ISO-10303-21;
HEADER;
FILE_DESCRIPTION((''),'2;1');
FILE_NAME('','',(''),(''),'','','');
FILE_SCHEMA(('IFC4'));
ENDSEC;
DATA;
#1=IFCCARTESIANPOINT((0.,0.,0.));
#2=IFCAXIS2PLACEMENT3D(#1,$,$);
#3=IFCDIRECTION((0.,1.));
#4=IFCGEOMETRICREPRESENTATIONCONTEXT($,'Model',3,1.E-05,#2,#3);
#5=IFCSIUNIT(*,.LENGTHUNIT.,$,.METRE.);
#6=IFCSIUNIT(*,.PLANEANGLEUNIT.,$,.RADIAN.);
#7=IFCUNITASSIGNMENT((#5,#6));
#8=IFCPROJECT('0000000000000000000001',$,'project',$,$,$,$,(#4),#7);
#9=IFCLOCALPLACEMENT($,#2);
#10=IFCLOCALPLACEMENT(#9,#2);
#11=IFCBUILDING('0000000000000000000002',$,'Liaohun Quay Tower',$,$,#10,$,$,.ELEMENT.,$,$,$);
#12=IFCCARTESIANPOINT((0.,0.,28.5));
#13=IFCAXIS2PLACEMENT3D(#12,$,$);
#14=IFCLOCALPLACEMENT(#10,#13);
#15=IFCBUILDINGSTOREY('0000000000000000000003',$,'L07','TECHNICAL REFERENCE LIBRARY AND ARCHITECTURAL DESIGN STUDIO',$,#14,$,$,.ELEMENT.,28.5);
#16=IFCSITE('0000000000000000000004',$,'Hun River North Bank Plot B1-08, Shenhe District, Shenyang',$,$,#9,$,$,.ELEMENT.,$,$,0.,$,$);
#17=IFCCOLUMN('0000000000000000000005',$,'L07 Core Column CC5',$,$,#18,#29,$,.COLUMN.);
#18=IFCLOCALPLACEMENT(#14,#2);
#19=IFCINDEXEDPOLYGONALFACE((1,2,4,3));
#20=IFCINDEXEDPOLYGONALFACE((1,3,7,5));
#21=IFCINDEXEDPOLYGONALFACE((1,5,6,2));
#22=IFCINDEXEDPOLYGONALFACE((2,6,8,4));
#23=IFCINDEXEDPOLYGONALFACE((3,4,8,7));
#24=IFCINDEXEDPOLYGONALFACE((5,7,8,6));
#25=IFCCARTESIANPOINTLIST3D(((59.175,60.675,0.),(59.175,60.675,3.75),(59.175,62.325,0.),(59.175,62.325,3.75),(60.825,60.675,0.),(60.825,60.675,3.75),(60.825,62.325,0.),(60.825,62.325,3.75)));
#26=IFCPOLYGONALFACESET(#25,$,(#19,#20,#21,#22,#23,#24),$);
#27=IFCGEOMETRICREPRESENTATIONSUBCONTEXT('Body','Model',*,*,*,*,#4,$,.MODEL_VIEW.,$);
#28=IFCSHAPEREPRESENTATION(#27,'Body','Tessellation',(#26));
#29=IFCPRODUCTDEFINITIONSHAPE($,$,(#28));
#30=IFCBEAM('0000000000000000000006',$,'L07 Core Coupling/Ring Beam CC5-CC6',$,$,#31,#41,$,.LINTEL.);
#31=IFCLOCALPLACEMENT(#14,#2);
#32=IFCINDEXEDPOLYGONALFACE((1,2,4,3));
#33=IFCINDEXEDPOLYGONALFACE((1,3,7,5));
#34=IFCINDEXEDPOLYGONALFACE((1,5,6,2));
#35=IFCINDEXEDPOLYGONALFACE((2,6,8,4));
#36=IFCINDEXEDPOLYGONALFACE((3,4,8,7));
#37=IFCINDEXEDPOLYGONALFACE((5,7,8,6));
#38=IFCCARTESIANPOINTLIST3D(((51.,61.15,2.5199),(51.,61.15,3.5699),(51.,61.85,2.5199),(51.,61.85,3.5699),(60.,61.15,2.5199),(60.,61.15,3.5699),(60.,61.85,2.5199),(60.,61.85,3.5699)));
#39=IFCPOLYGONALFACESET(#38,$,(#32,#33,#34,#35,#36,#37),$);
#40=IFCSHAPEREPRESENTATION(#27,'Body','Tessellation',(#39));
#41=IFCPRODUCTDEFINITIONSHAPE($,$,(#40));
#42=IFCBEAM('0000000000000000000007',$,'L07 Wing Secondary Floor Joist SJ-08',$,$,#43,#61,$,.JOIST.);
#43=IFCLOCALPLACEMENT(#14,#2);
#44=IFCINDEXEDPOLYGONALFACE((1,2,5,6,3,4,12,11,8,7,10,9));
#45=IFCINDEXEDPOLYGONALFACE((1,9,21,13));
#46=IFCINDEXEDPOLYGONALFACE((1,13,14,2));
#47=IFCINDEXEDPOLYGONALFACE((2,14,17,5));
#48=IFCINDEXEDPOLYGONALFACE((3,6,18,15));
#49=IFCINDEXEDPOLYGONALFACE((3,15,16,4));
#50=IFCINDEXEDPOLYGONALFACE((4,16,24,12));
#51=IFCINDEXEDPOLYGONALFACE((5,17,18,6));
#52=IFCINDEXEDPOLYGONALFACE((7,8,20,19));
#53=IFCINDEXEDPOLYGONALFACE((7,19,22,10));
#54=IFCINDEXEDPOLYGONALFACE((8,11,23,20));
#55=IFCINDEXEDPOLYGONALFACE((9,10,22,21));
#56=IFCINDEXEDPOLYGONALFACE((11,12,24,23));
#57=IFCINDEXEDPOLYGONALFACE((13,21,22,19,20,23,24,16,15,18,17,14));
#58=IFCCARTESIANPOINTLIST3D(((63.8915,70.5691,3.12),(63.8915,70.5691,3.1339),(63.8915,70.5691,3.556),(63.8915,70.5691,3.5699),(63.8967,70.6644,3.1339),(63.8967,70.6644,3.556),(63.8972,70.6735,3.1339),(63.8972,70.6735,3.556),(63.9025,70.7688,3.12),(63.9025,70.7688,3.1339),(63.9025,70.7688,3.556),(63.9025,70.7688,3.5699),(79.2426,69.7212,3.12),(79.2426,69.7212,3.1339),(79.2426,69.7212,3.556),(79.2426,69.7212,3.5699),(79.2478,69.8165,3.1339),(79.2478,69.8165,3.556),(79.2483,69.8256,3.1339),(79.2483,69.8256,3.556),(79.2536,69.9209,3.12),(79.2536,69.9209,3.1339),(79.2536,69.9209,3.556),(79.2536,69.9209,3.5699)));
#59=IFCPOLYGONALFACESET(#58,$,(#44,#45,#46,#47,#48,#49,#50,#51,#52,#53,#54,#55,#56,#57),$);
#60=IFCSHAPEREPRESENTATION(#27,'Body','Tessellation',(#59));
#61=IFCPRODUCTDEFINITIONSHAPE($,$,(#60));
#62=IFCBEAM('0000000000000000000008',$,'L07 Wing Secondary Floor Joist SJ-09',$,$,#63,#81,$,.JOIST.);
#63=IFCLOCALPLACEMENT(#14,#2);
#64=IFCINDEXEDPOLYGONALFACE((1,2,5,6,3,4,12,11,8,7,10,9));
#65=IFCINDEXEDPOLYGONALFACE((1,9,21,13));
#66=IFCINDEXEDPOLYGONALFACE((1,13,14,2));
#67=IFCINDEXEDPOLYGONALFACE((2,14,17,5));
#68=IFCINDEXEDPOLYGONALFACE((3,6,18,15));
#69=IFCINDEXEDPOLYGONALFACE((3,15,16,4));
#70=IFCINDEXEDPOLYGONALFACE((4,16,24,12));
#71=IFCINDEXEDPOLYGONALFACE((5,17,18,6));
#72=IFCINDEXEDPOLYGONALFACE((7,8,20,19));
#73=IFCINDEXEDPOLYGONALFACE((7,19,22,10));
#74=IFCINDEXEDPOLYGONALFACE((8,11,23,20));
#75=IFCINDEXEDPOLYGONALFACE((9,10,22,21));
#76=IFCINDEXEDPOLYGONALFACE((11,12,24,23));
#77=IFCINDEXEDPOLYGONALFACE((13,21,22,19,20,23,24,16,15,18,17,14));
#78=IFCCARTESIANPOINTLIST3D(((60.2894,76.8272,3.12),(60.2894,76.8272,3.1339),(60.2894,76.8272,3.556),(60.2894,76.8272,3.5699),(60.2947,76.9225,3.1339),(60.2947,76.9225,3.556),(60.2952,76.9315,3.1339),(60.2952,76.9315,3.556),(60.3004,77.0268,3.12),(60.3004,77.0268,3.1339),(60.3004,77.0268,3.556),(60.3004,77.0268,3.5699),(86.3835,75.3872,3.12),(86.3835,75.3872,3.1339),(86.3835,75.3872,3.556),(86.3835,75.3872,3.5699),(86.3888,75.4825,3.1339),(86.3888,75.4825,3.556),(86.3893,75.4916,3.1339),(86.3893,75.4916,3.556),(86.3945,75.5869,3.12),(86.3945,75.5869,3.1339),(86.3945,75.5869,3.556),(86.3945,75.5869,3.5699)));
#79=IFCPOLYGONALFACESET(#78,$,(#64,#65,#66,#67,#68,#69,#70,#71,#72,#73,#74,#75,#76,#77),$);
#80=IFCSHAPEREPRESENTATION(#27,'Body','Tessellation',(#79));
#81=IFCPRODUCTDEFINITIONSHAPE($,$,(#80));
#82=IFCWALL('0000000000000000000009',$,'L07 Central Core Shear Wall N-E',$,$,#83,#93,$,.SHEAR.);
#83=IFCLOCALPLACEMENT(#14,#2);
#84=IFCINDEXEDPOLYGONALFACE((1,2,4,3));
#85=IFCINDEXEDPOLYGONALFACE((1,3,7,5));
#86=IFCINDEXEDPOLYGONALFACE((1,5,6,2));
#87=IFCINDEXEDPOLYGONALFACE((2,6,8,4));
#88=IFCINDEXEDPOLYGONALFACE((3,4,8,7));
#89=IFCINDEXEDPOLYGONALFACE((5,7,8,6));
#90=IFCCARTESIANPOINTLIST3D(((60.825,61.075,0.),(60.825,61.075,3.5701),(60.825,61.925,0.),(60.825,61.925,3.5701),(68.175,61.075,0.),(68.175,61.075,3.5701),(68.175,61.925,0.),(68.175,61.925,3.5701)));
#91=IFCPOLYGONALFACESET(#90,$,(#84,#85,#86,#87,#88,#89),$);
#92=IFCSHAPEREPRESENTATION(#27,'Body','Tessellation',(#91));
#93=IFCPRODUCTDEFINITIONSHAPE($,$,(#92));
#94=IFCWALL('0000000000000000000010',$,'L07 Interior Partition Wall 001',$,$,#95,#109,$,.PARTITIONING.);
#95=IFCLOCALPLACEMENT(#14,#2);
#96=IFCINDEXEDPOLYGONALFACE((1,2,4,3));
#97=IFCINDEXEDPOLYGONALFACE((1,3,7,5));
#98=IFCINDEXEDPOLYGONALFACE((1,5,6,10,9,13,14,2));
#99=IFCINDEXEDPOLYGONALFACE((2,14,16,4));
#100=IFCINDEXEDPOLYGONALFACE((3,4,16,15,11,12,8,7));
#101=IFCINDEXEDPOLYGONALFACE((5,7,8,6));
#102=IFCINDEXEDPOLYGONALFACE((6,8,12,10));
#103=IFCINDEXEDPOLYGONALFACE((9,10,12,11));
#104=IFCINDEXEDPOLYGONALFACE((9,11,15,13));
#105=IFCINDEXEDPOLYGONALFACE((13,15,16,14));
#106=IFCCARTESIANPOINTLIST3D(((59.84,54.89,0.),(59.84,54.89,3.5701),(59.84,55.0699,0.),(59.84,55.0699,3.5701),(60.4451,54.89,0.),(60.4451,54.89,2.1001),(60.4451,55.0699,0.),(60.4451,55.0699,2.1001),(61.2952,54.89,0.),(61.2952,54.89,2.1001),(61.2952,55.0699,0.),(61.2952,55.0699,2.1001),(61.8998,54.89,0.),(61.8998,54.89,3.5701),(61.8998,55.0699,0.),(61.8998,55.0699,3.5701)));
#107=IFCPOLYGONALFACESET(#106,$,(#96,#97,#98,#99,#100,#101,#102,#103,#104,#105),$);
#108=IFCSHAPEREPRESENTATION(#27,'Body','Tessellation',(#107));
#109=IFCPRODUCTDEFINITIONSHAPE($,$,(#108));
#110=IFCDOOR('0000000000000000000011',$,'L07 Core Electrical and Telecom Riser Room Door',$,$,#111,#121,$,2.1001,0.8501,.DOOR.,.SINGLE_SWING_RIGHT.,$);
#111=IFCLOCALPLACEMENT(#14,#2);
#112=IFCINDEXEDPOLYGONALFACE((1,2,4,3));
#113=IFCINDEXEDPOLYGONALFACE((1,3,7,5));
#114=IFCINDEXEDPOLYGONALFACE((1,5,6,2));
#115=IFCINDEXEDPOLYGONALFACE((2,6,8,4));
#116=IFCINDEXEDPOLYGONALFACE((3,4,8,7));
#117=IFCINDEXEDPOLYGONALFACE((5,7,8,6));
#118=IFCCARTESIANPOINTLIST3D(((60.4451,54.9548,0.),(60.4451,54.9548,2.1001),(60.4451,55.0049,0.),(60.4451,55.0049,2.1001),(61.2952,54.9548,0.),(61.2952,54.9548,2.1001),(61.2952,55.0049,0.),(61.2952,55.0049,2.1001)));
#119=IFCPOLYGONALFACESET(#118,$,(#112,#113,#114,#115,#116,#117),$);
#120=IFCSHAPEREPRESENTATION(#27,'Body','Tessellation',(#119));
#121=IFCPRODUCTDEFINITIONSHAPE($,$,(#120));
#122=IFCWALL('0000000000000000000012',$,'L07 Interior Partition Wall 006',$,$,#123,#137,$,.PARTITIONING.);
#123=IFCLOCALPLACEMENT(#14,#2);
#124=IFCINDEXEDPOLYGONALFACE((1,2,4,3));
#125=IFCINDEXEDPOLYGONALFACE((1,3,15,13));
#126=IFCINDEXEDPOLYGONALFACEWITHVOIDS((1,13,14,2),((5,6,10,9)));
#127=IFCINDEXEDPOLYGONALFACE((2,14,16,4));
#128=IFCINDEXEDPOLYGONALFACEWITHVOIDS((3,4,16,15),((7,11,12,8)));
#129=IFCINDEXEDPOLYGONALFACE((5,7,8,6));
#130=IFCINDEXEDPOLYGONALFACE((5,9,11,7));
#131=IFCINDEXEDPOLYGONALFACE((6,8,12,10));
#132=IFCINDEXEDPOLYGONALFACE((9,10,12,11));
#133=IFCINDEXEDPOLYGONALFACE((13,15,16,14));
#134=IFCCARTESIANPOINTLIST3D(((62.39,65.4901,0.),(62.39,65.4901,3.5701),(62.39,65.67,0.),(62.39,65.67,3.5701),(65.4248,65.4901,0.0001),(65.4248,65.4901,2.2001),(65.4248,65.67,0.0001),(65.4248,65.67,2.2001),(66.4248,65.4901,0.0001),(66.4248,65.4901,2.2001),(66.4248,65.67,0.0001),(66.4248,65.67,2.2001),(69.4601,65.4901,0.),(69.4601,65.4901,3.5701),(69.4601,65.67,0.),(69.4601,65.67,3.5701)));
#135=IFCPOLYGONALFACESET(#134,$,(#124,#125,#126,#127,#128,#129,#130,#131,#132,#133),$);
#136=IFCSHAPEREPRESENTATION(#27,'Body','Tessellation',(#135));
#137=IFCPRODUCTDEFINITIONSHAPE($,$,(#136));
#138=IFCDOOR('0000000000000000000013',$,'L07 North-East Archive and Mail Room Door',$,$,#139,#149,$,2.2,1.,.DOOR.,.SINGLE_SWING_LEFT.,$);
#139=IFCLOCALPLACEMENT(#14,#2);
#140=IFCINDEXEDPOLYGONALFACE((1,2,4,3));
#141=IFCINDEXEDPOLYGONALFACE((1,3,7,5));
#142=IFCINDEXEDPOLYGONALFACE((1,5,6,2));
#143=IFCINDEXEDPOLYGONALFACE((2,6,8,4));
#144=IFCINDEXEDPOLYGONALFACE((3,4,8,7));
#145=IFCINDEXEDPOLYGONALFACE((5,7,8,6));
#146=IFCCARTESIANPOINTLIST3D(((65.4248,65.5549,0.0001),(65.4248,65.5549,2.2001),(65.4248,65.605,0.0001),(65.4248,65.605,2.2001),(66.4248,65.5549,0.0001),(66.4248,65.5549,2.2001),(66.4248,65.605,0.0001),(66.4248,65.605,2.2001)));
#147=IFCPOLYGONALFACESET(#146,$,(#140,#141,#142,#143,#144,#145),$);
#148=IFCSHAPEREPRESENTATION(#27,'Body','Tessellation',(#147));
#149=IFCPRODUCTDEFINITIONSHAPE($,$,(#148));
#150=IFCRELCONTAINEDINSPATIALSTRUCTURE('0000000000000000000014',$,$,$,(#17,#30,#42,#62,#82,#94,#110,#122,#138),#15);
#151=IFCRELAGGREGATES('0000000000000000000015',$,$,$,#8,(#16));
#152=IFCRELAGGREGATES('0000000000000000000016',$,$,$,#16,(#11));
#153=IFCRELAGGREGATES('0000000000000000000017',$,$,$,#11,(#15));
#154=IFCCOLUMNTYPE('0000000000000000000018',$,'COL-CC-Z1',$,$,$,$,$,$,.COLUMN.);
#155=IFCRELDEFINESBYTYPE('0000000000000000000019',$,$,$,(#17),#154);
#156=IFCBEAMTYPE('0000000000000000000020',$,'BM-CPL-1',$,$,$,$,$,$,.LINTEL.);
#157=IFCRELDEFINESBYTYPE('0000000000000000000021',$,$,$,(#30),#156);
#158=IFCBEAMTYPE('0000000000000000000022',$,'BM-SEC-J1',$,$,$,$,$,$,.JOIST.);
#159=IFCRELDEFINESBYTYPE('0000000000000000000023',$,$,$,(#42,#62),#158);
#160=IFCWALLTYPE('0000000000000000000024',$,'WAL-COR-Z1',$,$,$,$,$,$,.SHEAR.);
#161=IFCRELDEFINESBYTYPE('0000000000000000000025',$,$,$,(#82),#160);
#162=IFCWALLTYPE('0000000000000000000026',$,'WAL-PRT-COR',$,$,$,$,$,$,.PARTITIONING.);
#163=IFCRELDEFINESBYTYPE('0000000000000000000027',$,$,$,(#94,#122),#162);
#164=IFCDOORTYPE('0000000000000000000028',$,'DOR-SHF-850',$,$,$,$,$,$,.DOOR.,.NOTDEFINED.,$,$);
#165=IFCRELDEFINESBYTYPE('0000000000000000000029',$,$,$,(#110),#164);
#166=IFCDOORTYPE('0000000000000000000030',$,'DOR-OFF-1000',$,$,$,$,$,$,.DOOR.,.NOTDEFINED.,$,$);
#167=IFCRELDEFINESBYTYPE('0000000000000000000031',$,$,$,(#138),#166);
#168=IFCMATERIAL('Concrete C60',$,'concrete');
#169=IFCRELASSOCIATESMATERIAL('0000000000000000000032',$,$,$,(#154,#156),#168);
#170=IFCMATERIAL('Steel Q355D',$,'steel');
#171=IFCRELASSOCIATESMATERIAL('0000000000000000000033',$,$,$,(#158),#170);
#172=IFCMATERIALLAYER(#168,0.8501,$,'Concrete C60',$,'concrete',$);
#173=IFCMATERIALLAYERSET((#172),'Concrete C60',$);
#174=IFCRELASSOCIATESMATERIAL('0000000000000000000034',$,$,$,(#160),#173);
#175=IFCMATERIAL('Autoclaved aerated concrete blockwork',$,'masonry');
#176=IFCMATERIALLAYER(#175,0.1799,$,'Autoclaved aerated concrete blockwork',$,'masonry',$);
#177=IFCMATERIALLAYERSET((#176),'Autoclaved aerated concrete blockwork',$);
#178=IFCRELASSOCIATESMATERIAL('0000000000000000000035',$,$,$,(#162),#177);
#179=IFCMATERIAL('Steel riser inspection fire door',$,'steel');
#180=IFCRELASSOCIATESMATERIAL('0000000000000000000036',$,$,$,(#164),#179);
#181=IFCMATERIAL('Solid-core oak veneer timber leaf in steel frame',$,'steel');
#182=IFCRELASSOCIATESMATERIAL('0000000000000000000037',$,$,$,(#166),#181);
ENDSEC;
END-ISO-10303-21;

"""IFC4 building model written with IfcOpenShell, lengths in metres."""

from ifc_helpers import new_model, si_unit, direction, frame, frame_2d, origin, origin_2d, place, context, subcontext, project, spatial, rectangle, i_section, extrude, source, transform, mapped, material, layer, layer_set, material_profile, profile_set, type_object, element, fill, save


model = new_model("IFC4")

# Units and contexts
model_context = context("Model", 3, precision=1e-05, world=origin(), true_north=direction((0.0, 1.0)))
body_context = subcontext(model_context, "Body", "Model", "MODEL_VIEW")
ifc_project = project(units=[si_unit("LENGTHUNIT", "METRE"), si_unit("PLANEANGLEUNIT", "RADIAN")], contexts=[model_context])

# Site, building, storey
site_placement = place(None, origin())
site = spatial("IfcSite", under=ifc_project, at=site_placement, Name="Hun River North Bank Plot B1-08, Shenhe District, Shenyang", CompositionType="ELEMENT", RefElevation=0.0)
building_placement = place(site_placement, origin())
building = spatial("IfcBuilding", under=site, at=building_placement, Name="Liaohun Quay Tower", CompositionType="ELEMENT")
storey_placement = place(building_placement, frame((0.0, 0.0, 28.5)))
storey = spatial("IfcBuildingStorey", under=building, at=storey_placement, Name="L07", Description="TECHNICAL REFERENCE LIBRARY AND ARCHITECTURAL DESIGN STUDIO", CompositionType="ELEMENT", Elevation=28.5)

# Column
ifc_material_1 = material(Name="Concrete C60", Category="concrete")
ifc_material_profile_1 = material_profile(ifc_material_1, rectangle(XDim=1.6499, YDim=1.6499, at=origin_2d()), Name="RC1650x1650")
ifc_profile_set_1 = profile_set([ifc_material_profile_1], Name="Concrete C60")
column_type = type_object("IfcColumnType", Name="COL-CC-Z1", PredefinedType="COLUMN", material=ifc_profile_set_1)
shared_shape_1 = source(origin(), body_context, "Body", "SweptSolid", [
    extrude(rectangle(XDim=1.6499, YDim=1.6499, at=origin_2d()), origin(), (0.0, 0.0, 1.0), 3.75),
])
column_placement = place(storey_placement, frame((60.0, 61.5, 0.0), z_axis=(0.0, 0.0, 1.0), x_axis=(1.0, 0.0, 0.0)))
element("IfcColumn", 1, at=column_placement, inside=storey, type_object=column_type, Name="L07 Core Column CC5", PredefinedType="COLUMN", context=body_context, shape_type="MappedRepresentation", body=[
    mapped(shared_shape_1, transform((0.0, 0.0, 0.0), x_axis=(1.0, 0.0, 0.0), y_axis=(0.0, 1.0, 0.0), z_axis=(0.0, 0.0, 1.0), scale=1.0)),
])

# Beams
ifc_material_profile_2 = material_profile(ifc_material_1, rectangle(XDim=0.7, YDim=1.05, at=origin_2d()), Name="RC700x1050")
ifc_profile_set_2 = profile_set([ifc_material_profile_2], Name="Concrete C60")
beam_type_1 = type_object("IfcBeamType", Name="BM-CPL-1", PredefinedType="LINTEL", material=ifc_profile_set_2)
shared_shape_2 = source(origin(), body_context, "Body", "SweptSolid", [
    extrude(rectangle(XDim=0.7, YDim=1.05, at=origin_2d()), origin(), (0.0, 0.0, 1.0), 9.0),
])
beam_1_placement = place(storey_placement, frame((60.0, 61.5, 3.0449), z_axis=(-1.0, 0.0, 0.0), x_axis=(0.0, -1.0, 0.0)))
element("IfcBeam", 2, at=beam_1_placement, inside=storey, type_object=beam_type_1, Name="L07 Core Coupling/Ring Beam CC5-CC6", PredefinedType="LINTEL", context=body_context, shape_type="MappedRepresentation", body=[
    mapped(shared_shape_2, transform((0.0, 0.0, 0.0), x_axis=(1.0, 0.0, 0.0), y_axis=(0.0, 1.0, 0.0), z_axis=(0.0, 0.0, 1.0), scale=1.0)),
])
ifc_material_2 = material(Name="Steel Q355D", Category="steel")
ifc_material_profile_3 = material_profile(ifc_material_2, i_section(OverallWidth=0.2, OverallDepth=0.45, WebThickness=0.009, FlangeThickness=0.0139, at=origin_2d()), Name="HN450x200x9x14")
ifc_profile_set_3 = profile_set([ifc_material_profile_3], Name="Steel Q355D")
beam_type_2 = type_object("IfcBeamType", Name="BM-SEC-J1", PredefinedType="JOIST", material=ifc_profile_set_3)
shared_shape_3 = source(origin(), body_context, "Body", "SweptSolid", [
    extrude(i_section(OverallWidth=0.2, OverallDepth=0.45, WebThickness=0.009, FlangeThickness=0.0139, at=origin_2d()), origin(), (0.0, 0.0, 1.0), 15.3745),
])
beam_2_placement = place(storey_placement, frame((63.897, 70.6689, 3.345), z_axis=(0.998478, -0.05515, 0.0), x_axis=(0.05515, 0.998478, 0.0)))
element("IfcBeam", 3, at=beam_2_placement, inside=storey, type_object=beam_type_2, Name="L07 Wing Secondary Floor Joist SJ-08", PredefinedType="JOIST", context=body_context, shape_type="MappedRepresentation", body=[
    mapped(shared_shape_3, transform((0.0, 0.0, 0.0), x_axis=(1.0, 0.0, 0.0), y_axis=(0.0, 1.0, 0.0), z_axis=(0.0, 0.0, 1.0), scale=1.0)),
])
shared_shape_4 = source(origin(), body_context, "Body", "SweptSolid", [
    extrude(i_section(OverallWidth=0.2, OverallDepth=0.45, WebThickness=0.009, FlangeThickness=0.0139, at=origin_2d()), origin(), (0.0, 0.0, 1.0), 26.1338),
])
beam_3_placement = place(storey_placement, frame((60.2949, 76.927, 3.345), z_axis=(0.998481, -0.055099, 0.0), x_axis=(0.055099, 0.998481, 0.0)))
element("IfcBeam", 4, at=beam_3_placement, inside=storey, type_object=beam_type_2, Name="L07 Wing Secondary Floor Joist SJ-09", PredefinedType="JOIST", context=body_context, shape_type="MappedRepresentation", body=[
    mapped(shared_shape_4, transform((0.0, 0.0, 0.0), x_axis=(1.0, 0.0, 0.0), y_axis=(0.0, 1.0, 0.0), z_axis=(0.0, 0.0, 1.0), scale=1.0)),
])

# Wall
ifc_layer_1 = layer(ifc_material_1, 0.8501, Name="Concrete C60", Category="concrete")
ifc_layer_set_1 = layer_set([ifc_layer_1], Name="Concrete C60")
wall_type_1 = type_object("IfcWallType", Name="WAL-COR-Z1", PredefinedType="SHEAR", material=ifc_layer_set_1)
wall_1_placement = place(storey_placement, frame((60.825, 61.5, 0.0), z_axis=(0.0, 0.0, 1.0), x_axis=(1.0, 0.0, 0.0)))
element("IfcWall", 5, at=wall_1_placement, inside=storey, type_object=wall_type_1, Name="L07 Central Core Shear Wall N-E", PredefinedType="SHEAR", context=body_context, shape_type="SweptSolid", body=[
    extrude(rectangle(XDim=7.3501, YDim=0.8501, at=frame_2d((3.675, 0.0))), origin(), (0.0, 0.0, 1.0), 3.5701),
])

# Walls, openings, doors
ifc_material_3 = material(Name="Autoclaved aerated concrete blockwork", Category="masonry")
ifc_layer_2 = layer(ifc_material_3, 0.1799, Name="Autoclaved aerated concrete blockwork", Category="masonry")
ifc_layer_set_2 = layer_set([ifc_layer_2], Name="Autoclaved aerated concrete blockwork")
wall_type_2 = type_object("IfcWallType", Name="WAL-PRT-COR", PredefinedType="PARTITIONING", material=ifc_layer_set_2)
wall_2_placement = place(storey_placement, frame((59.8401, 54.98, 0.0), z_axis=(0.0, 0.0, 1.0), x_axis=(1.0, 0.0, 0.0)))
wall_2 = element("IfcWall", 6, at=wall_2_placement, inside=storey, type_object=wall_type_2, Name="L07 Interior Partition Wall 001", PredefinedType="PARTITIONING", context=body_context, shape_type="SweptSolid", body=[
    extrude(rectangle(XDim=2.0598, YDim=0.1799, at=frame_2d((1.0298, 0.0))), origin(), (0.0, 0.0, 1.0), 3.5701),
])
shared_shape_5 = source(origin(), body_context, "Body", "SweptSolid", [
    extrude(rectangle(XDim=0.8501, YDim=2.1001, at=frame_2d((0.425, 1.05))), frame((0.0, 0.0999, 0.0), z_axis=(0.0, -1.0, 0.0), x_axis=(1.0, 0.0, 0.0)), (0.0, 0.0, 1.0), 0.2),
])
opening_1_placement = place(wall_2_placement, frame((0.605, 0.0, 0.0)))
opening_1 = element("IfcOpeningElement", 7, at=opening_1_placement, cuts=wall_2, PredefinedType="OPENING", context=body_context, shape_type="MappedRepresentation", body=[
    mapped(shared_shape_5, transform((0.0, 0.0, 0.0), x_axis=(1.0, 0.0, 0.0), y_axis=(0.0, 1.0, 0.0), z_axis=(0.0, 0.0, 1.0), scale=1.0)),
])
ifc_material_4 = material(Name="Steel riser inspection fire door", Category="steel")
door_type_1 = type_object("IfcDoorType", Name="DOR-SHF-850", OperationType="NOTDEFINED", PredefinedType="DOOR", material=ifc_material_4)
shared_shape_6 = source(origin(), body_context, "Body", "SweptSolid", [
    extrude(rectangle(XDim=0.8501, YDim=2.1001, at=frame_2d((0.425, 1.05))), frame((0.0, 0.0249, 0.0), z_axis=(0.0, -1.0, 0.0), x_axis=(1.0, 0.0, 0.0)), (0.0, 0.0, 1.0), 0.05),
])
door_1_placement = place(opening_1_placement, origin())
door_1 = element("IfcDoor", 8, at=door_1_placement, inside=storey, type_object=door_type_1, Name="L07 Core Electrical and Telecom Riser Room Door", OperationType="SINGLE_SWING_RIGHT", OverallHeight=2.1001, OverallWidth=0.8501, PredefinedType="DOOR", context=body_context, shape_type="MappedRepresentation", body=[
    mapped(shared_shape_6, transform((0.0, 0.0, 0.0), x_axis=(1.0, 0.0, 0.0), y_axis=(0.0, 1.0, 0.0), z_axis=(0.0, 0.0, 1.0), scale=1.0)),
])
fill(opening_1, door_1)
wall_3_placement = place(storey_placement, frame((62.3899, 65.5801, 0.0), z_axis=(0.0, 0.0, 1.0), x_axis=(1.0, 0.0, 0.0)))
wall_3 = element("IfcWall", 9, at=wall_3_placement, inside=storey, type_object=wall_type_2, Name="L07 Interior Partition Wall 006", PredefinedType="PARTITIONING", context=body_context, shape_type="SweptSolid", body=[
    extrude(rectangle(XDim=7.0701, YDim=0.1799, at=frame_2d((3.5352, 0.0))), origin(), (0.0, 0.0, 1.0), 3.5701),
])
shared_shape_7 = source(origin(), body_context, "Body", "SweptSolid", [
    extrude(rectangle(XDim=1.0, YDim=2.2, at=frame_2d((0.5, 1.1001))), frame((0.0, 0.0999, 0.0), z_axis=(0.0, -1.0, 0.0), x_axis=(1.0, 0.0, 0.0)), (0.0, 0.0, 1.0), 0.2),
])
opening_2_placement = place(wall_3_placement, frame((3.0349, 0.0, 0.0)))
opening_2 = element("IfcOpeningElement", 10, at=opening_2_placement, cuts=wall_3, PredefinedType="OPENING", context=body_context, shape_type="MappedRepresentation", body=[
    mapped(shared_shape_7, transform((0.0, 0.0, 0.0), x_axis=(1.0, 0.0, 0.0), y_axis=(0.0, 1.0, 0.0), z_axis=(0.0, 0.0, 1.0), scale=1.0)),
])
ifc_material_5 = material(Name="Solid-core oak veneer timber leaf in steel frame", Category="steel")
door_type_2 = type_object("IfcDoorType", Name="DOR-OFF-1000", OperationType="NOTDEFINED", PredefinedType="DOOR", material=ifc_material_5)
shared_shape_8 = source(origin(), body_context, "Body", "SweptSolid", [
    extrude(rectangle(XDim=1.0, YDim=2.2, at=frame_2d((0.5, 1.1001))), frame((0.0, 0.0249, 0.0), z_axis=(0.0, -1.0, 0.0), x_axis=(1.0, 0.0, 0.0)), (0.0, 0.0, 1.0), 0.05),
])
door_2_placement = place(opening_2_placement, origin())
door_2 = element("IfcDoor", 11, at=door_2_placement, inside=storey, type_object=door_type_2, Name="L07 North-East Archive and Mail Room Door", OperationType="SINGLE_SWING_LEFT", OverallHeight=2.2, OverallWidth=1.0, PredefinedType="DOOR", context=body_context, shape_type="MappedRepresentation", body=[
    mapped(shared_shape_8, transform((0.0, 0.0, 0.0), x_axis=(1.0, 0.0, 0.0), y_axis=(0.0, 1.0, 0.0), z_axis=(0.0, 0.0, 1.0), scale=1.0)),
])
fill(opening_2, door_2)

save(model, "model.ifc")
